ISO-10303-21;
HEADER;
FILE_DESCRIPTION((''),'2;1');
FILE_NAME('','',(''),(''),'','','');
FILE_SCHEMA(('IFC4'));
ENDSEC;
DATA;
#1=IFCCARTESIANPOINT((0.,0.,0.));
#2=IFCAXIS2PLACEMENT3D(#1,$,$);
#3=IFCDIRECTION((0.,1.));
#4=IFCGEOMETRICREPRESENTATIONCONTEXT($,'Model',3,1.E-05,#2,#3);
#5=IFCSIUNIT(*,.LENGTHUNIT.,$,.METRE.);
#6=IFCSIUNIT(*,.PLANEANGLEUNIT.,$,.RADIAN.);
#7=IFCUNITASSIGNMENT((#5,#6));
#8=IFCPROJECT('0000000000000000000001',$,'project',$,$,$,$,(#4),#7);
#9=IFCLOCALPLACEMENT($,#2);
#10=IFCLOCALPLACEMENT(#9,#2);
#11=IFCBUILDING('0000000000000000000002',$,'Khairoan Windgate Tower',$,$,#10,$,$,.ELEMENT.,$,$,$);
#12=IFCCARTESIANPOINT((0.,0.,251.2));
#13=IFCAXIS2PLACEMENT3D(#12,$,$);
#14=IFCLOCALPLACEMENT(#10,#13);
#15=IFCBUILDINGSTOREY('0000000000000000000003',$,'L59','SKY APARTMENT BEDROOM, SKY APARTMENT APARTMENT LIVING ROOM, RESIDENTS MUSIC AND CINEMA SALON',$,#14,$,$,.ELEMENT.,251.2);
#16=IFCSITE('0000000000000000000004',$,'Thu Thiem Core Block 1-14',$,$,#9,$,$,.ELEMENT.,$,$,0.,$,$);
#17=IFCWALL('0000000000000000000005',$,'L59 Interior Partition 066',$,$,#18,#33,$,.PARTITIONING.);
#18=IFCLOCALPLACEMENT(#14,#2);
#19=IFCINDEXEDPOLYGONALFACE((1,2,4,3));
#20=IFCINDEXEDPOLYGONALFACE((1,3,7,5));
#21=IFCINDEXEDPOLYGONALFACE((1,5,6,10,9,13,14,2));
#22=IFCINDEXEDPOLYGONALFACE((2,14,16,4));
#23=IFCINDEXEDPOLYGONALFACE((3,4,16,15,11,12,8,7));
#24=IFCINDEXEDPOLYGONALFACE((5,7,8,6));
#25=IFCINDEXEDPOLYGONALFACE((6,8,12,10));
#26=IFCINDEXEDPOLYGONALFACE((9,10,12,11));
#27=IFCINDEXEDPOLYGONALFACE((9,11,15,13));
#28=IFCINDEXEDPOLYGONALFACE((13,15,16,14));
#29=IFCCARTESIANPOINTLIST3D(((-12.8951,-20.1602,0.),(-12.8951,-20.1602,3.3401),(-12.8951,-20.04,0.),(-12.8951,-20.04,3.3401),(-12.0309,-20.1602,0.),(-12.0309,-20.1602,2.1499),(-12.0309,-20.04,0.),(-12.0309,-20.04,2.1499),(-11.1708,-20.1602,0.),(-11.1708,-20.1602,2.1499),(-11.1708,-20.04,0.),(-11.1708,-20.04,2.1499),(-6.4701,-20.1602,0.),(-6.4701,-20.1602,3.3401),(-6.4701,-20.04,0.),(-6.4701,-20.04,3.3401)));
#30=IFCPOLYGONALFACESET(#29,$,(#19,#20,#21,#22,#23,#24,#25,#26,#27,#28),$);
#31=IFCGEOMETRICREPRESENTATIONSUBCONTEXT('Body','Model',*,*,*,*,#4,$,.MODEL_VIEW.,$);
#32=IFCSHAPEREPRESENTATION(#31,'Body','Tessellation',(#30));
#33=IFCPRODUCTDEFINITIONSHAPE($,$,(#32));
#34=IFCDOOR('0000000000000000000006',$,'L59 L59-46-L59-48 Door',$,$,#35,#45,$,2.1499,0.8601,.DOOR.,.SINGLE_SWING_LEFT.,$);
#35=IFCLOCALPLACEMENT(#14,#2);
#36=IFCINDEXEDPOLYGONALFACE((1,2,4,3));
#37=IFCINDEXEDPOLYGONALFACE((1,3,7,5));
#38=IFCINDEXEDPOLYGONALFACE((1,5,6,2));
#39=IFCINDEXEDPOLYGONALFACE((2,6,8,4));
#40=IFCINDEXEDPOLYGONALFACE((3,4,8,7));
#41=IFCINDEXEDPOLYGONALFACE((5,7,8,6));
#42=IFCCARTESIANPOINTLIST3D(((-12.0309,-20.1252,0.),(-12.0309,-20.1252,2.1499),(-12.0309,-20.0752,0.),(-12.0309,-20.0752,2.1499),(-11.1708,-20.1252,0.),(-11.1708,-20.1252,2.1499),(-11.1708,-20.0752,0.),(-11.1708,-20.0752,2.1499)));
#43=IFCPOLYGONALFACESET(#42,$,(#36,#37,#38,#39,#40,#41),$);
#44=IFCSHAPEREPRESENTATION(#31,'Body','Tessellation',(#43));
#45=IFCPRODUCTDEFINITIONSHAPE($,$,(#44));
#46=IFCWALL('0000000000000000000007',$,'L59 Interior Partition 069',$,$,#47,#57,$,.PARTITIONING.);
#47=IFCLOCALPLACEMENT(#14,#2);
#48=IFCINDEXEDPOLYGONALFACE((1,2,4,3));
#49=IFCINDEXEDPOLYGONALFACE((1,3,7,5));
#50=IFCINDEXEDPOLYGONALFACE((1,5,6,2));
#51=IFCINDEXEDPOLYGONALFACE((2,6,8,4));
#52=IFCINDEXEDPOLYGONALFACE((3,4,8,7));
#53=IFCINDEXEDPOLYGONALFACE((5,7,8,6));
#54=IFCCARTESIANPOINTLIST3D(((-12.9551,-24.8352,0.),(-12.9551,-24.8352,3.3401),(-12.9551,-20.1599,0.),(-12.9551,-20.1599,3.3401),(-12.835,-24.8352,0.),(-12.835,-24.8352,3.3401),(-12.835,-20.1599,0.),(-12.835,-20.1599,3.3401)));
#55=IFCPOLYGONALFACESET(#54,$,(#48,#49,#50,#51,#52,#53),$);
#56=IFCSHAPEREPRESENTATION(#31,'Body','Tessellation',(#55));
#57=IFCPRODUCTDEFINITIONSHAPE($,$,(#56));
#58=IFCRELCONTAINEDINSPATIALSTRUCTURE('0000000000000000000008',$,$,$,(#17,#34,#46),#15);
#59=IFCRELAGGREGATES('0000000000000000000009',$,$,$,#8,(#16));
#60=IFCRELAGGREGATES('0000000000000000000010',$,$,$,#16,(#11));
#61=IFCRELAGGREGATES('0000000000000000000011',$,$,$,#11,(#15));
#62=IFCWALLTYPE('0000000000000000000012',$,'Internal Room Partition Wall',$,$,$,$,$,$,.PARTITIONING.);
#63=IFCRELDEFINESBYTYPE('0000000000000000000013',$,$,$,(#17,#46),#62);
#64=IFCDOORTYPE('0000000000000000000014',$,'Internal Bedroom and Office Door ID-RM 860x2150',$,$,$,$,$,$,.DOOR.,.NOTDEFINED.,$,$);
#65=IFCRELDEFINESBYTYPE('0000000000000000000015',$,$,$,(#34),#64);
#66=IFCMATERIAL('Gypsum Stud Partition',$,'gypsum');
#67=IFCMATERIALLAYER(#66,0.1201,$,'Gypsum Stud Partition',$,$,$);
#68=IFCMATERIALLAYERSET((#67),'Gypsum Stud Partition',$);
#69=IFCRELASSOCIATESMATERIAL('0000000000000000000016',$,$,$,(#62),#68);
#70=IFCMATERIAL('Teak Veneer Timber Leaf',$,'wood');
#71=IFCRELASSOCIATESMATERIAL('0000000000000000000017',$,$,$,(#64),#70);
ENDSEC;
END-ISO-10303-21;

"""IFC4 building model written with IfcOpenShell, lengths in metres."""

from ifc_helpers import new_model, si_unit, direction, frame, frame_2d, origin, place, context, subcontext, project, spatial, rectangle, extrude, material, layer, layer_set, type_object, element, fill, save


model = new_model("IFC4")

# Units and contexts
model_context = context("Model", 3, precision=1e-05, world=origin(), true_north=direction((0.0, 1.0)))
body_context = subcontext(model_context, "Body", "Model", "MODEL_VIEW")
ifc_project = project(units=[si_unit("LENGTHUNIT", "METRE"), si_unit("PLANEANGLEUNIT", "RADIAN")], contexts=[model_context])

# Site, building, storey
site_placement = place(None, origin())
site = spatial("IfcSite", under=ifc_project, at=site_placement, Name="Thu Thiem Core Block 1-14", CompositionType="ELEMENT", RefElevation=0.0)
building_placement = place(site_placement, origin())
building = spatial("IfcBuilding", under=site, at=building_placement, Name="Khairoan Windgate Tower", CompositionType="ELEMENT")
storey_placement = place(building_placement, frame((0.0, 0.0, 251.2)))
storey = spatial("IfcBuildingStorey", under=building, at=storey_placement, Name="L59", Description="SKY APARTMENT BEDROOM, SKY APARTMENT APARTMENT LIVING ROOM, RESIDENTS MUSIC AND CINEMA SALON", CompositionType="ELEMENT", Elevation=251.2)

# Wall, opening, door
ifc_material_1 = material(Name="Gypsum Stud Partition", Category="gypsum")
ifc_layer_1 = layer(ifc_material_1, 0.1201, Name="Gypsum Stud Partition")
ifc_layer_set_1 = layer_set([ifc_layer_1], Name="Gypsum Stud Partition")
wall_type = type_object("IfcWallType", Name="Internal Room Partition Wall", PredefinedType="PARTITIONING", material=ifc_layer_set_1)
ifc_material_2 = material(Name="Teak Veneer Timber Leaf", Category="wood")
door_type = type_object("IfcDoorType", Name="Internal Bedroom and Office Door ID-RM 860x2150", OperationType="NOTDEFINED", PredefinedType="DOOR", material=ifc_material_2)
wall_1_placement = place(storey_placement, frame((-12.895, -20.1001, 0.0), z_axis=(0.0, 0.0, 1.0), x_axis=(1.0, 0.0, 0.0)))
wall_1 = element("IfcWall", 1, at=wall_1_placement, inside=storey, type_object=wall_type, Name="L59 Interior Partition 066", PredefinedType="PARTITIONING", context=body_context, shape_type="SweptSolid", body=[
    extrude(rectangle(XDim=6.425, YDim=0.1201, at=frame_2d((3.2124, 0.0))), origin(), (0.0, 0.0, 1.0), 3.3401),
])
opening_1_placement = place(wall_1_placement, frame((0.864, 0.0, 0.0)))
opening_1 = element("IfcOpeningElement", 2, at=opening_1_placement, cuts=wall_1, PredefinedType="OPENING", context=body_context, shape_type="SweptSolid", body=[
    extrude(rectangle(XDim=0.8601, YDim=2.1499, at=frame_2d((0.4302, 1.075))), frame((0.0, 0.0701, 0.0), z_axis=(0.0, -1.0, 0.0), x_axis=(1.0, 0.0, 0.0)), (0.0, 0.0, 1.0), 0.1401),
])
door_1_placement = place(opening_1_placement, origin())
door_1 = element("IfcDoor", 3, at=door_1_placement, inside=storey, type_object=door_type, Name="L59 L59-46-L59-48 Door", OperationType="SINGLE_SWING_LEFT", OverallHeight=2.1499, OverallWidth=0.8601, PredefinedType="DOOR", context=body_context, shape_type="SweptSolid", body=[
    extrude(rectangle(XDim=0.8601, YDim=2.1499, at=frame_2d((0.4302, 1.075))), frame((0.0, 0.0249, 0.0), z_axis=(0.0, -1.0, 0.0), x_axis=(1.0, 0.0, 0.0)), (0.0, 0.0, 1.0), 0.05),
])
fill(opening_1, door_1)

# Wall
wall_2_placement = place(storey_placement, frame((-12.895, -24.8352, 0.0), z_axis=(0.0, 0.0, 1.0), x_axis=(0.0, 1.0, 0.0)))
element("IfcWall", 4, at=wall_2_placement, inside=storey, type_object=wall_type, Name="L59 Interior Partition 069", PredefinedType="PARTITIONING", context=body_context, shape_type="SweptSolid", body=[
    extrude(rectangle(XDim=4.6753, YDim=0.1201, at=frame_2d((2.3376, 0.0))), origin(), (0.0, 0.0, 1.0), 3.3401),
])

save(model, "model.ifc")
